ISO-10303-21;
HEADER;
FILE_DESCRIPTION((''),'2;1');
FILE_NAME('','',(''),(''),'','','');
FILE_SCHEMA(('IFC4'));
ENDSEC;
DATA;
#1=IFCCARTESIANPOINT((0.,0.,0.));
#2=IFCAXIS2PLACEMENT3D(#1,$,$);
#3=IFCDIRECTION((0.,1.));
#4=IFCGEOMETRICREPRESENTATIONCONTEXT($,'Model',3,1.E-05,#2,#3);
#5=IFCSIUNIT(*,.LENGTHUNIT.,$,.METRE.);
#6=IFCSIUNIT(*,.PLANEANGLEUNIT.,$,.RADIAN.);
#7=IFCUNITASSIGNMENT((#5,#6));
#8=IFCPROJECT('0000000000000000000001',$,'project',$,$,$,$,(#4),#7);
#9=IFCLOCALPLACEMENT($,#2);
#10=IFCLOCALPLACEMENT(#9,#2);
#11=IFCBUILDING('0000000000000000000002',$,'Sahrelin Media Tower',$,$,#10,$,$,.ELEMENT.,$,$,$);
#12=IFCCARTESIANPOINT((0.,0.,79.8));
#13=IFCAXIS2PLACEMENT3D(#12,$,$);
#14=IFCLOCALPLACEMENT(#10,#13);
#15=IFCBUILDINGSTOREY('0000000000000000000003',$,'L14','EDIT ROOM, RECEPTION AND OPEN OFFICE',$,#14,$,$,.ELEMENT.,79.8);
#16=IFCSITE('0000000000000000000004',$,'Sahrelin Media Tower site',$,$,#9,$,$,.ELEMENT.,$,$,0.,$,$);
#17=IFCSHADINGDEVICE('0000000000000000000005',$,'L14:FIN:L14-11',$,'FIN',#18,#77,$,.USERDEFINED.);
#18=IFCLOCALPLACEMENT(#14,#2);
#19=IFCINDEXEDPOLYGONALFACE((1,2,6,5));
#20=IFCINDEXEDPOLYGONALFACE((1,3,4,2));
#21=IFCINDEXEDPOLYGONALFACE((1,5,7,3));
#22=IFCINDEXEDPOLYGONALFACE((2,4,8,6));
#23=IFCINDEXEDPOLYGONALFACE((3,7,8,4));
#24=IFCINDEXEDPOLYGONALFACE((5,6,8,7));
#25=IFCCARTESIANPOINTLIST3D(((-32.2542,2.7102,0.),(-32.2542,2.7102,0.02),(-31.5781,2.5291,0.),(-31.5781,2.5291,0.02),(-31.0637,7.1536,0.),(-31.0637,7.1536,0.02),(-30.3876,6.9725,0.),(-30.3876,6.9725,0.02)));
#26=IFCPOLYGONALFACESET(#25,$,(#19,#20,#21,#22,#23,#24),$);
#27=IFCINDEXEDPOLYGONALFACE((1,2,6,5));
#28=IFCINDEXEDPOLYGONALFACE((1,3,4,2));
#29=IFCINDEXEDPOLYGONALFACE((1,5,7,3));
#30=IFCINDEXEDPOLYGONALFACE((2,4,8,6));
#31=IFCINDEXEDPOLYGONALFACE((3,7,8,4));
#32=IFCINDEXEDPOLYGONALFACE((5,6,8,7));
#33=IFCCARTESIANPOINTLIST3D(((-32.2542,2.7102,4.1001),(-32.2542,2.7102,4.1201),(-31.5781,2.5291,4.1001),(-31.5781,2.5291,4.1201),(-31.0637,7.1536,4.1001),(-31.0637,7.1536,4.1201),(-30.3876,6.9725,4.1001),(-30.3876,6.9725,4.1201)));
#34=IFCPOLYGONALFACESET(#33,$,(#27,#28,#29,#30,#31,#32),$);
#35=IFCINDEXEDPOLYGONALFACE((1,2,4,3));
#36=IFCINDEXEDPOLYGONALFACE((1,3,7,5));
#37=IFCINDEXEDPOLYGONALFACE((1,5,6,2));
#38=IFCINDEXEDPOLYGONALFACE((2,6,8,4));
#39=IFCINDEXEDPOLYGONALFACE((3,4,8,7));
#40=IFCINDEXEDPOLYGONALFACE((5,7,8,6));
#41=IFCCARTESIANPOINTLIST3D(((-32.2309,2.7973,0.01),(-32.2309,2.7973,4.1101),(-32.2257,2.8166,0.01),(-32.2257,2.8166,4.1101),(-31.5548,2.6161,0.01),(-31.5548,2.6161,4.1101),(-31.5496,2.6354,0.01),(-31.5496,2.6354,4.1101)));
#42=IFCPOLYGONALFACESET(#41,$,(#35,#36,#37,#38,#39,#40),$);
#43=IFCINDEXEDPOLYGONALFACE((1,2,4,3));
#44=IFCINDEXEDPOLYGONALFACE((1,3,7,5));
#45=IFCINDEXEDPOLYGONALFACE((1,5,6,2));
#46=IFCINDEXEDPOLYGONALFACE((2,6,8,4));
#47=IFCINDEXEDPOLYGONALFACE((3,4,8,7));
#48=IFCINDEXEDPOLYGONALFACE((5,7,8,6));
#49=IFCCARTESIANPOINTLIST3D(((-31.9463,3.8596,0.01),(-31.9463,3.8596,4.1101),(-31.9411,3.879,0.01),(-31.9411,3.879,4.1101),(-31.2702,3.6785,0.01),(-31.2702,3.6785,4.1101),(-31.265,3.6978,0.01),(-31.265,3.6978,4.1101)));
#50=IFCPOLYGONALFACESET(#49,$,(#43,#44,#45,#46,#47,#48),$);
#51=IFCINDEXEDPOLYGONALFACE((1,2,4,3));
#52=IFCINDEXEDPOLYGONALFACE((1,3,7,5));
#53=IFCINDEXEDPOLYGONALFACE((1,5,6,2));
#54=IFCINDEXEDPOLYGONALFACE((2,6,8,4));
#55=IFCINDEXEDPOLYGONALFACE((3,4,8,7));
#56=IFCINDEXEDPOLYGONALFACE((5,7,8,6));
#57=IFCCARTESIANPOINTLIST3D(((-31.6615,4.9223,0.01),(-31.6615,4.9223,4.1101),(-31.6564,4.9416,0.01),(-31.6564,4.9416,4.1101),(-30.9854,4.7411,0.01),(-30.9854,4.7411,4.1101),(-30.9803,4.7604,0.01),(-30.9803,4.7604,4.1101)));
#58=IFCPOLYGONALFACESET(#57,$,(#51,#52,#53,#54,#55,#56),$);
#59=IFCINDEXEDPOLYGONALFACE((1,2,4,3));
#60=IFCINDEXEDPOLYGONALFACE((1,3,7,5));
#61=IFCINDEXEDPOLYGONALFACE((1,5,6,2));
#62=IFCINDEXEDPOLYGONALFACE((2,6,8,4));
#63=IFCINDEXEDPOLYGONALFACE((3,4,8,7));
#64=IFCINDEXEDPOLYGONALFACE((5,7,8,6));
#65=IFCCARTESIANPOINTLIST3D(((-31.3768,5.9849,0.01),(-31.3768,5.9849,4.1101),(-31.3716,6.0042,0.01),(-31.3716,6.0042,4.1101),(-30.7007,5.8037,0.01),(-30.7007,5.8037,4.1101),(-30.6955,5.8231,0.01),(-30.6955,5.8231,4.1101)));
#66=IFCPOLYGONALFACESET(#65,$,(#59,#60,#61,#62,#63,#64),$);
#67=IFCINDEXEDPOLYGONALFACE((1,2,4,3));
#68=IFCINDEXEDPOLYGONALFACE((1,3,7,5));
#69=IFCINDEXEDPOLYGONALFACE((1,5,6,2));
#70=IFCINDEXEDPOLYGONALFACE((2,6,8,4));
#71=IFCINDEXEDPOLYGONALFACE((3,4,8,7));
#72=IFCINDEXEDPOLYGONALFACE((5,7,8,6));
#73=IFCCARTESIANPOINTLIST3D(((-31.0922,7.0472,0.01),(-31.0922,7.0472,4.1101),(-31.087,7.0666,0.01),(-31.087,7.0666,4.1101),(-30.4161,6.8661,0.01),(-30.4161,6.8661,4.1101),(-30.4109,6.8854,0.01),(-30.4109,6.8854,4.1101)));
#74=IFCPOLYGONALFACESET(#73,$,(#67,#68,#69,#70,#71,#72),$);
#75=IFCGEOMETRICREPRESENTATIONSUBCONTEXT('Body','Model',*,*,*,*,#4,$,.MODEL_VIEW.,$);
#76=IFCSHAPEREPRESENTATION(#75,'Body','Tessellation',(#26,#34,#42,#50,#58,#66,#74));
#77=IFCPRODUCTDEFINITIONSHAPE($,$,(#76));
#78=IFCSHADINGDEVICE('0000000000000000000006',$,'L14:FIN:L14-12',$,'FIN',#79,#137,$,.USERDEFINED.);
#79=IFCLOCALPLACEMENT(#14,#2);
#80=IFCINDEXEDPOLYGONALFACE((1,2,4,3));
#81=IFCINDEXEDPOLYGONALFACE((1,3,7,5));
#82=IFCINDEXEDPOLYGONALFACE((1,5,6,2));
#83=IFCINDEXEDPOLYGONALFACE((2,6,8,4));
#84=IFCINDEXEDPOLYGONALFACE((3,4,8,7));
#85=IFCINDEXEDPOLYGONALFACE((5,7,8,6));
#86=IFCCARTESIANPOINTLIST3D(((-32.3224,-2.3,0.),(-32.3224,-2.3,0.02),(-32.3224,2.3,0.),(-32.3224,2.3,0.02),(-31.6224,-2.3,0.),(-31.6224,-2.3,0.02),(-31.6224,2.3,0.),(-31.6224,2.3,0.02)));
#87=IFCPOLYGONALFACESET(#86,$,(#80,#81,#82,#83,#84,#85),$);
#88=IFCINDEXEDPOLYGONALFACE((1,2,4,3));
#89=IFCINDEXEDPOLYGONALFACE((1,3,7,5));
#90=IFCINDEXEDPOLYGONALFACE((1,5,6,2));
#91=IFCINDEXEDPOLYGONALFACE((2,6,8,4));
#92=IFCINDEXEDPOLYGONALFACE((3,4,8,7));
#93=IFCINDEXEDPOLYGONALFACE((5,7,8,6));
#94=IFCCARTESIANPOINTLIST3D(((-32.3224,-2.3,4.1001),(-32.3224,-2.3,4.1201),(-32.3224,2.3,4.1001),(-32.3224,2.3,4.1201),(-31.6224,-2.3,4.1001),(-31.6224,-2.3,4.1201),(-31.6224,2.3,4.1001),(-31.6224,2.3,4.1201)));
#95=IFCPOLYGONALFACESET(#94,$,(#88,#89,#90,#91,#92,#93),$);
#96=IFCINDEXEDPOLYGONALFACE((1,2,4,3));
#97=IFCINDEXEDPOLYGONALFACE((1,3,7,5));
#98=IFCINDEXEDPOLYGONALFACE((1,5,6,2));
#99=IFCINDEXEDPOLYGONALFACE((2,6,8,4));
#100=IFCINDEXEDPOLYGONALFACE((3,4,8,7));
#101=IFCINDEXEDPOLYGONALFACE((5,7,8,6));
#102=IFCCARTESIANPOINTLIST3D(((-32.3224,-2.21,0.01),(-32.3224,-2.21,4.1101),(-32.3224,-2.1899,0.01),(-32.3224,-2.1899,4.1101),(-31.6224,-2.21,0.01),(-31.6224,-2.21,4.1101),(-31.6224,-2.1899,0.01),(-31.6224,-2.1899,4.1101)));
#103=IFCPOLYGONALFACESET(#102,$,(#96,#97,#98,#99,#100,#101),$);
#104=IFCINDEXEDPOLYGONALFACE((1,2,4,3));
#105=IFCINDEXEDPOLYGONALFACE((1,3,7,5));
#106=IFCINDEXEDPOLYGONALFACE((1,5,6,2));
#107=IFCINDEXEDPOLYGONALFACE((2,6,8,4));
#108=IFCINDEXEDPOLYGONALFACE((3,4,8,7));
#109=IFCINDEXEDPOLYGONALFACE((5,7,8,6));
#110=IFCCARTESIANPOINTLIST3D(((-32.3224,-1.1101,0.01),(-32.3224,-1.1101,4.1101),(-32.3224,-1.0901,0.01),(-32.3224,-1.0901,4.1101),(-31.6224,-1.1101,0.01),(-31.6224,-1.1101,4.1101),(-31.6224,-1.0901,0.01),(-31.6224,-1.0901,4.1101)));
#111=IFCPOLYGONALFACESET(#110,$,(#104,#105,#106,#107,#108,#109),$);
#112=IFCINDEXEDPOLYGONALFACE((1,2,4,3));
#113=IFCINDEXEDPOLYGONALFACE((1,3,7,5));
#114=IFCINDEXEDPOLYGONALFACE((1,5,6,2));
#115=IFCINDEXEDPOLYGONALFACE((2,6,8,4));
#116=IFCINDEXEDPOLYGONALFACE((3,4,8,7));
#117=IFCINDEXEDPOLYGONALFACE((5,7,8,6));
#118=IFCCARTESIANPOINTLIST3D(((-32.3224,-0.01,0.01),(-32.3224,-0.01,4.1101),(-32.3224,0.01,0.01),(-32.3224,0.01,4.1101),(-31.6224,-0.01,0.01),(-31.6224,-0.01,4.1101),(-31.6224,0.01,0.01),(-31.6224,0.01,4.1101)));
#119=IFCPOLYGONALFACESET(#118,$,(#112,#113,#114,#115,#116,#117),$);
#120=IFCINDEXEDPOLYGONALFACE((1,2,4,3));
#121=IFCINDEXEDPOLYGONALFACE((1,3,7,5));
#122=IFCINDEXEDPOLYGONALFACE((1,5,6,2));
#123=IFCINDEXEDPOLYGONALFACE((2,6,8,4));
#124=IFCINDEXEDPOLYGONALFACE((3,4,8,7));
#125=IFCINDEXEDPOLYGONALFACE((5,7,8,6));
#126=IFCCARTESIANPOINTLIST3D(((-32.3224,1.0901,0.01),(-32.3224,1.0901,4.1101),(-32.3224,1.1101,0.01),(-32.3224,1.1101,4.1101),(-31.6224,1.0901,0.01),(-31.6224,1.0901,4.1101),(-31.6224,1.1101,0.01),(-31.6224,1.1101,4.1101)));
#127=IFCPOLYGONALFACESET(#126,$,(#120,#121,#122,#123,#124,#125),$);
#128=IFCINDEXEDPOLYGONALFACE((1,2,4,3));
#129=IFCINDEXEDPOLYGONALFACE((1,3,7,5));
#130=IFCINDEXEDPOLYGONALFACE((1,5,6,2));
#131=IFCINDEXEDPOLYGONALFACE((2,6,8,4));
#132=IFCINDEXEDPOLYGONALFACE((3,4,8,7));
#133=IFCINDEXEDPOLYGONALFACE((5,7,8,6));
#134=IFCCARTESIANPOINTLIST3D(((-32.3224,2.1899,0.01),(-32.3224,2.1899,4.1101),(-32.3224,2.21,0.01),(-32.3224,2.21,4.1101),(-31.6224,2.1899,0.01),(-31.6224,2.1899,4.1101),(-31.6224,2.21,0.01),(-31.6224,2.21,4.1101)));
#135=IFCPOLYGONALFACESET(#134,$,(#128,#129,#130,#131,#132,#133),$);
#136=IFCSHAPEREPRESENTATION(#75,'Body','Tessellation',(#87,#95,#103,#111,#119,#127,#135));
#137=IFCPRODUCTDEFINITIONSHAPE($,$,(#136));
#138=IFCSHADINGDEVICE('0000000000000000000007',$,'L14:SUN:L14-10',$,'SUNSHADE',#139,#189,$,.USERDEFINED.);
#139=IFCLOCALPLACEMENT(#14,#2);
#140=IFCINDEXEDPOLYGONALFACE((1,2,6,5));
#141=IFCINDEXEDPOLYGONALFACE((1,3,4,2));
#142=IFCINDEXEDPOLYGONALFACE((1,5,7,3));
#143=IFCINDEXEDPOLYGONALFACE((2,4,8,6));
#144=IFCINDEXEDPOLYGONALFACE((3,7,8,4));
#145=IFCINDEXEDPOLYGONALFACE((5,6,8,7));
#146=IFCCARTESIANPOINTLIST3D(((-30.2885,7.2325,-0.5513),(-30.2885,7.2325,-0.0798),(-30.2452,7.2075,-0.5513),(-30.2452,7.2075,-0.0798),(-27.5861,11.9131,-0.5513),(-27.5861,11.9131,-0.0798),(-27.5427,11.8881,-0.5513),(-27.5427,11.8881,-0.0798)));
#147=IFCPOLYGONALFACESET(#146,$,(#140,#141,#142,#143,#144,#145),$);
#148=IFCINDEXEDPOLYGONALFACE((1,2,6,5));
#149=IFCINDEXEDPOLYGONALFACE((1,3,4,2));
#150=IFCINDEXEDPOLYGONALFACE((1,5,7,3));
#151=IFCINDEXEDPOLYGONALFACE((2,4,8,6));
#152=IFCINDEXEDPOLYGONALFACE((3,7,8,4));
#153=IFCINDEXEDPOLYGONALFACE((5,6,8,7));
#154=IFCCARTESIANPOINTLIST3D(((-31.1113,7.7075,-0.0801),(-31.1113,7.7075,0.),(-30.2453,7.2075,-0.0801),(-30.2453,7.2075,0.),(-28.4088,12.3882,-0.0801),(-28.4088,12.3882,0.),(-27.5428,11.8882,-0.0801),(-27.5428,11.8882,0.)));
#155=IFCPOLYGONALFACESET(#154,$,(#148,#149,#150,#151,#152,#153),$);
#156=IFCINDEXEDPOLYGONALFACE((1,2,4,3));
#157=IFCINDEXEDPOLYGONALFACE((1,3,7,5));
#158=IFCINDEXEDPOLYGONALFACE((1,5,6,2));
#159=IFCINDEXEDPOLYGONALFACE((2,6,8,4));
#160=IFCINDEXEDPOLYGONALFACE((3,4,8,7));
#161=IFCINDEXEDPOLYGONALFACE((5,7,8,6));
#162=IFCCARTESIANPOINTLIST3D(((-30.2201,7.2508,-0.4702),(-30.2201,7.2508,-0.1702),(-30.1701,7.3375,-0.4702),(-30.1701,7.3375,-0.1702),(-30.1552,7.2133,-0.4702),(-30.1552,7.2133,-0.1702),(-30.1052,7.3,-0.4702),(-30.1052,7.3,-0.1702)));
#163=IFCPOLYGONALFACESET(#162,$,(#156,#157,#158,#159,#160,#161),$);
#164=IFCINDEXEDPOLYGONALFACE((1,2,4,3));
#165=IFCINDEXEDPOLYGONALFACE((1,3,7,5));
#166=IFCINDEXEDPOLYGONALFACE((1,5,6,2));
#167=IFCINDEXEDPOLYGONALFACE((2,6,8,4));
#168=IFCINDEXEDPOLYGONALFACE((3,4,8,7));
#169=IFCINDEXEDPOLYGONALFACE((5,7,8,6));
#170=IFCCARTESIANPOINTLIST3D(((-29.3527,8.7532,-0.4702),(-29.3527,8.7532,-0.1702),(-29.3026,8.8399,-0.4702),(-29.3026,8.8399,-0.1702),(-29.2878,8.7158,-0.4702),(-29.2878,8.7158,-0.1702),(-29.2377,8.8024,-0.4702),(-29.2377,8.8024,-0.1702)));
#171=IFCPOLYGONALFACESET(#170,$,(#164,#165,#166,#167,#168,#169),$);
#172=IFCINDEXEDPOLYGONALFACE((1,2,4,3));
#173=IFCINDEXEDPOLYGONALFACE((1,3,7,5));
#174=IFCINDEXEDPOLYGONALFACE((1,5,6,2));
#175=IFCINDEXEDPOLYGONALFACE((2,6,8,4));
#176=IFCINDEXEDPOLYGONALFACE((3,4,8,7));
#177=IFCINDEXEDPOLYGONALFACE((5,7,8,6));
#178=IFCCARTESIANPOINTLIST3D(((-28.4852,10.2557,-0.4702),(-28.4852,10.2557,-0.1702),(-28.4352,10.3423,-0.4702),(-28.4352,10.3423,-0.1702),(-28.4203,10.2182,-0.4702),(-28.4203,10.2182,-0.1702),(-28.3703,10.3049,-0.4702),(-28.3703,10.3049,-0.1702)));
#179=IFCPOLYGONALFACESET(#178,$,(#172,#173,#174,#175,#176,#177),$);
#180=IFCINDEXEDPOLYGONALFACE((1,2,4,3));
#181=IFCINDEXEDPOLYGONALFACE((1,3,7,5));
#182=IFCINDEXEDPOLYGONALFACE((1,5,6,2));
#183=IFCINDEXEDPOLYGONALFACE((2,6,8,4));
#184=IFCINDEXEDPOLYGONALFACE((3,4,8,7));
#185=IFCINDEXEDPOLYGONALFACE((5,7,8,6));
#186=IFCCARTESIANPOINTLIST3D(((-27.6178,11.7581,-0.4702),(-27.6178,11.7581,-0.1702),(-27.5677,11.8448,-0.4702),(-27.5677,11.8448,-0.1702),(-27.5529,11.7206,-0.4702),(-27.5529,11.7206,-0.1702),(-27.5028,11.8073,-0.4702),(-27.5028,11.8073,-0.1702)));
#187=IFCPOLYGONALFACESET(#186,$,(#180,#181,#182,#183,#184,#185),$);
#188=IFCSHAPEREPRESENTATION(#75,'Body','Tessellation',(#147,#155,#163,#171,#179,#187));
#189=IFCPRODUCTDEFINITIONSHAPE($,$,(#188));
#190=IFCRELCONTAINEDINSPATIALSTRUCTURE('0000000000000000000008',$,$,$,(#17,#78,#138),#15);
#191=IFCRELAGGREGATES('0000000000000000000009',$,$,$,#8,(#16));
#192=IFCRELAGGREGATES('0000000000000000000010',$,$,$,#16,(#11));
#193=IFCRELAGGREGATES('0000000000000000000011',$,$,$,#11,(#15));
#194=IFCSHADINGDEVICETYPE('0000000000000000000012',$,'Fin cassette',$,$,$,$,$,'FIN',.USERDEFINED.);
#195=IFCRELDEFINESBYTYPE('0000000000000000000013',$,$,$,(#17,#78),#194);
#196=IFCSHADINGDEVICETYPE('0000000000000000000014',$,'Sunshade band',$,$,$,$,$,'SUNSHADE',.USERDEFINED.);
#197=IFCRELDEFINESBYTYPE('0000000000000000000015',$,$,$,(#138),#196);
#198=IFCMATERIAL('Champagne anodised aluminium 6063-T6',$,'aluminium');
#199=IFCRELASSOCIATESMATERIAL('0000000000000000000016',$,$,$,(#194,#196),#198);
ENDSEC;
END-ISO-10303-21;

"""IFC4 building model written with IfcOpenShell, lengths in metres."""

from ifc_helpers import new_model, si_unit, direction, frame, origin, origin_2d, place, context, subcontext, project, spatial, rectangle, extrude, material, type_object, element, save


model = new_model("IFC4")

# Units and contexts
model_context = context("Model", 3, precision=1e-05, world=origin(), true_north=direction((0.0, 1.0)))
body_context = subcontext(model_context, "Body", "Model", "MODEL_VIEW")
ifc_project = project(units=[si_unit("LENGTHUNIT", "METRE"), si_unit("PLANEANGLEUNIT", "RADIAN")], contexts=[model_context])

# Site, building, storey
site_placement = place(None, origin())
site = spatial("IfcSite", under=ifc_project, at=site_placement, Name="Sahrelin Media Tower site", CompositionType="ELEMENT", RefElevation=0.0)
building_placement = place(site_placement, origin())
building = spatial("IfcBuilding", under=site, at=building_placement, Name="Sahrelin Media Tower", CompositionType="ELEMENT")
storey_placement = place(building_placement, frame((0.0, 0.0, 79.8)))
storey = spatial("IfcBuildingStorey", under=building, at=storey_placement, Name="L14", Description="EDIT ROOM, RECEPTION AND OPEN OFFICE", CompositionType="ELEMENT", Elevation=79.8)

# Shared definitions
ifc_material_1 = material(Name="Champagne anodised aluminium 6063-T6", Category="aluminium")

# Shading devices
shading_device_type_1 = type_object("IfcShadingDeviceType", Name="Fin cassette", ElementType="FIN", PredefinedType="USERDEFINED", material=ifc_material_1)
placement_1 = place(storey_placement, frame((-28.8767, 9.5378, 0.0), z_axis=(0.0, 0.0, 1.0), x_axis=(0.500011, 0.866019, 0.0)))
placement_2 = place(storey_placement, frame((-30.9153, 4.7327, 0.0), z_axis=(0.0, 0.0, 1.0), x_axis=(0.258808, 0.965929, 0.0)))
element("IfcShadingDevice", 1, at=placement_2, inside=storey, type_object=shading_device_type_1, Name="L14:FIN:L14-11", ObjectType="FIN", PredefinedType="USERDEFINED", context=body_context, shape_type="SweptSolid", body=[
    extrude(rectangle(XDim=4.6001, YDim=0.7, at=origin_2d()), frame((0.0, 0.4199, 0.0)), (0.0, 0.0, 1.0), 0.02),
    extrude(rectangle(XDim=4.6001, YDim=0.7, at=origin_2d()), frame((0.0, 0.4199, 4.1001)), (0.0, 0.0, 1.0), 0.02),
    extrude(rectangle(XDim=0.02, YDim=0.7, at=origin_2d()), frame((-2.2, 0.4199, 0.01), z_axis=(0.0, 0.0, 1.0), x_axis=(1.0, 0.0, 0.0)), (0.0, 0.0, 1.0), 4.1001),
    extrude(rectangle(XDim=0.02, YDim=0.7, at=origin_2d()), frame((-1.1001, 0.4199, 0.01), z_axis=(0.0, 0.0, 1.0), x_axis=(1.0, 0.0, 0.0)), (0.0, 0.0, 1.0), 4.1001),
    extrude(rectangle(XDim=0.02, YDim=0.7, at=origin_2d()), frame((0.0, 0.4199, 0.01), z_axis=(0.0, 0.0, 1.0), x_axis=(1.0, 0.0, 0.0)), (0.0, 0.0, 1.0), 4.1001),
    extrude(rectangle(XDim=0.02, YDim=0.7, at=origin_2d()), frame((1.1001, 0.4199, 0.01), z_axis=(0.0, 0.0, 1.0), x_axis=(1.0, 0.0, 0.0)), (0.0, 0.0, 1.0), 4.1001),
    extrude(rectangle(XDim=0.02, YDim=0.7, at=origin_2d()), frame((2.2, 0.4199, 0.01), z_axis=(0.0, 0.0, 1.0), x_axis=(1.0, 0.0, 0.0)), (0.0, 0.0, 1.0), 4.1001),
])
shading_device_1_placement = place(storey_placement, frame((-31.5525, 0.0, 0.0), z_axis=(0.0, 0.0, 1.0), x_axis=(0.0, 1.0, 0.0)))
element("IfcShadingDevice", 2, at=shading_device_1_placement, inside=storey, type_object=shading_device_type_1, Name="L14:FIN:L14-12", ObjectType="FIN", PredefinedType="USERDEFINED", context=body_context, shape_type="SweptSolid", body=[
    extrude(rectangle(XDim=4.6001, YDim=0.7, at=origin_2d()), frame((0.0, 0.4199, 0.0)), (0.0, 0.0, 1.0), 0.02),
    extrude(rectangle(XDim=4.6001, YDim=0.7, at=origin_2d()), frame((0.0, 0.4199, 4.1001)), (0.0, 0.0, 1.0), 0.02),
    extrude(rectangle(XDim=0.02, YDim=0.7, at=origin_2d()), frame((-2.2, 0.4199, 0.01), z_axis=(0.0, 0.0, 1.0), x_axis=(1.0, 0.0, 0.0)), (0.0, 0.0, 1.0), 4.1001),
    extrude(rectangle(XDim=0.02, YDim=0.7, at=origin_2d()), frame((-1.1001, 0.4199, 0.01), z_axis=(0.0, 0.0, 1.0), x_axis=(1.0, 0.0, 0.0)), (0.0, 0.0, 1.0), 4.1001),
    extrude(rectangle(XDim=0.02, YDim=0.7, at=origin_2d()), frame((0.0, 0.4199, 0.01), z_axis=(0.0, 0.0, 1.0), x_axis=(1.0, 0.0, 0.0)), (0.0, 0.0, 1.0), 4.1001),
    extrude(rectangle(XDim=0.02, YDim=0.7, at=origin_2d()), frame((1.1001, 0.4199, 0.01), z_axis=(0.0, 0.0, 1.0), x_axis=(1.0, 0.0, 0.0)), (0.0, 0.0, 1.0), 4.1001),
    extrude(rectangle(XDim=0.02, YDim=0.7, at=origin_2d()), frame((2.2, 0.4199, 0.01), z_axis=(0.0, 0.0, 1.0), x_axis=(1.0, 0.0, 0.0)), (0.0, 0.0, 1.0), 4.1001),
])
shading_device_type_2 = type_object("IfcShadingDeviceType", Name="Sunshade band", ElementType="SUNSHADE", PredefinedType="USERDEFINED", material=ifc_material_1)
element("IfcShadingDevice", 3, at=placement_1, inside=storey, type_object=shading_device_type_2, Name="L14:SUN:L14-10", ObjectType="SUNSHADE", PredefinedType="USERDEFINED", context=body_context, shape_type="SweptSolid", body=[
    extrude(rectangle(XDim=5.4048, YDim=0.05, at=origin_2d()), frame((0.0, 0.0449, -0.5513)), (0.0, 0.0, 1.0), 0.4714),
    extrude(rectangle(XDim=5.4048, YDim=1.0, at=origin_2d()), frame((0.0, 0.52, -0.0801)), (0.0, 0.0, 1.0), 0.0801),
    extrude(rectangle(XDim=0.1001, YDim=0.075, at=origin_2d()), frame((-2.6023, -0.0176, -0.4702)), (0.0, 0.0, 1.0), 0.3),
    extrude(rectangle(XDim=0.1001, YDim=0.075, at=origin_2d()), frame((-0.8674, -0.0176, -0.4702)), (0.0, 0.0, 1.0), 0.3),
    extrude(rectangle(XDim=0.1001, YDim=0.075, at=origin_2d()), frame((0.8674, -0.0176, -0.4702)), (0.0, 0.0, 1.0), 0.3),
    extrude(rectangle(XDim=0.1001, YDim=0.075, at=origin_2d()), frame((2.6023, -0.0176, -0.4702)), (0.0, 0.0, 1.0), 0.3),
])

save(model, "model.ifc")
